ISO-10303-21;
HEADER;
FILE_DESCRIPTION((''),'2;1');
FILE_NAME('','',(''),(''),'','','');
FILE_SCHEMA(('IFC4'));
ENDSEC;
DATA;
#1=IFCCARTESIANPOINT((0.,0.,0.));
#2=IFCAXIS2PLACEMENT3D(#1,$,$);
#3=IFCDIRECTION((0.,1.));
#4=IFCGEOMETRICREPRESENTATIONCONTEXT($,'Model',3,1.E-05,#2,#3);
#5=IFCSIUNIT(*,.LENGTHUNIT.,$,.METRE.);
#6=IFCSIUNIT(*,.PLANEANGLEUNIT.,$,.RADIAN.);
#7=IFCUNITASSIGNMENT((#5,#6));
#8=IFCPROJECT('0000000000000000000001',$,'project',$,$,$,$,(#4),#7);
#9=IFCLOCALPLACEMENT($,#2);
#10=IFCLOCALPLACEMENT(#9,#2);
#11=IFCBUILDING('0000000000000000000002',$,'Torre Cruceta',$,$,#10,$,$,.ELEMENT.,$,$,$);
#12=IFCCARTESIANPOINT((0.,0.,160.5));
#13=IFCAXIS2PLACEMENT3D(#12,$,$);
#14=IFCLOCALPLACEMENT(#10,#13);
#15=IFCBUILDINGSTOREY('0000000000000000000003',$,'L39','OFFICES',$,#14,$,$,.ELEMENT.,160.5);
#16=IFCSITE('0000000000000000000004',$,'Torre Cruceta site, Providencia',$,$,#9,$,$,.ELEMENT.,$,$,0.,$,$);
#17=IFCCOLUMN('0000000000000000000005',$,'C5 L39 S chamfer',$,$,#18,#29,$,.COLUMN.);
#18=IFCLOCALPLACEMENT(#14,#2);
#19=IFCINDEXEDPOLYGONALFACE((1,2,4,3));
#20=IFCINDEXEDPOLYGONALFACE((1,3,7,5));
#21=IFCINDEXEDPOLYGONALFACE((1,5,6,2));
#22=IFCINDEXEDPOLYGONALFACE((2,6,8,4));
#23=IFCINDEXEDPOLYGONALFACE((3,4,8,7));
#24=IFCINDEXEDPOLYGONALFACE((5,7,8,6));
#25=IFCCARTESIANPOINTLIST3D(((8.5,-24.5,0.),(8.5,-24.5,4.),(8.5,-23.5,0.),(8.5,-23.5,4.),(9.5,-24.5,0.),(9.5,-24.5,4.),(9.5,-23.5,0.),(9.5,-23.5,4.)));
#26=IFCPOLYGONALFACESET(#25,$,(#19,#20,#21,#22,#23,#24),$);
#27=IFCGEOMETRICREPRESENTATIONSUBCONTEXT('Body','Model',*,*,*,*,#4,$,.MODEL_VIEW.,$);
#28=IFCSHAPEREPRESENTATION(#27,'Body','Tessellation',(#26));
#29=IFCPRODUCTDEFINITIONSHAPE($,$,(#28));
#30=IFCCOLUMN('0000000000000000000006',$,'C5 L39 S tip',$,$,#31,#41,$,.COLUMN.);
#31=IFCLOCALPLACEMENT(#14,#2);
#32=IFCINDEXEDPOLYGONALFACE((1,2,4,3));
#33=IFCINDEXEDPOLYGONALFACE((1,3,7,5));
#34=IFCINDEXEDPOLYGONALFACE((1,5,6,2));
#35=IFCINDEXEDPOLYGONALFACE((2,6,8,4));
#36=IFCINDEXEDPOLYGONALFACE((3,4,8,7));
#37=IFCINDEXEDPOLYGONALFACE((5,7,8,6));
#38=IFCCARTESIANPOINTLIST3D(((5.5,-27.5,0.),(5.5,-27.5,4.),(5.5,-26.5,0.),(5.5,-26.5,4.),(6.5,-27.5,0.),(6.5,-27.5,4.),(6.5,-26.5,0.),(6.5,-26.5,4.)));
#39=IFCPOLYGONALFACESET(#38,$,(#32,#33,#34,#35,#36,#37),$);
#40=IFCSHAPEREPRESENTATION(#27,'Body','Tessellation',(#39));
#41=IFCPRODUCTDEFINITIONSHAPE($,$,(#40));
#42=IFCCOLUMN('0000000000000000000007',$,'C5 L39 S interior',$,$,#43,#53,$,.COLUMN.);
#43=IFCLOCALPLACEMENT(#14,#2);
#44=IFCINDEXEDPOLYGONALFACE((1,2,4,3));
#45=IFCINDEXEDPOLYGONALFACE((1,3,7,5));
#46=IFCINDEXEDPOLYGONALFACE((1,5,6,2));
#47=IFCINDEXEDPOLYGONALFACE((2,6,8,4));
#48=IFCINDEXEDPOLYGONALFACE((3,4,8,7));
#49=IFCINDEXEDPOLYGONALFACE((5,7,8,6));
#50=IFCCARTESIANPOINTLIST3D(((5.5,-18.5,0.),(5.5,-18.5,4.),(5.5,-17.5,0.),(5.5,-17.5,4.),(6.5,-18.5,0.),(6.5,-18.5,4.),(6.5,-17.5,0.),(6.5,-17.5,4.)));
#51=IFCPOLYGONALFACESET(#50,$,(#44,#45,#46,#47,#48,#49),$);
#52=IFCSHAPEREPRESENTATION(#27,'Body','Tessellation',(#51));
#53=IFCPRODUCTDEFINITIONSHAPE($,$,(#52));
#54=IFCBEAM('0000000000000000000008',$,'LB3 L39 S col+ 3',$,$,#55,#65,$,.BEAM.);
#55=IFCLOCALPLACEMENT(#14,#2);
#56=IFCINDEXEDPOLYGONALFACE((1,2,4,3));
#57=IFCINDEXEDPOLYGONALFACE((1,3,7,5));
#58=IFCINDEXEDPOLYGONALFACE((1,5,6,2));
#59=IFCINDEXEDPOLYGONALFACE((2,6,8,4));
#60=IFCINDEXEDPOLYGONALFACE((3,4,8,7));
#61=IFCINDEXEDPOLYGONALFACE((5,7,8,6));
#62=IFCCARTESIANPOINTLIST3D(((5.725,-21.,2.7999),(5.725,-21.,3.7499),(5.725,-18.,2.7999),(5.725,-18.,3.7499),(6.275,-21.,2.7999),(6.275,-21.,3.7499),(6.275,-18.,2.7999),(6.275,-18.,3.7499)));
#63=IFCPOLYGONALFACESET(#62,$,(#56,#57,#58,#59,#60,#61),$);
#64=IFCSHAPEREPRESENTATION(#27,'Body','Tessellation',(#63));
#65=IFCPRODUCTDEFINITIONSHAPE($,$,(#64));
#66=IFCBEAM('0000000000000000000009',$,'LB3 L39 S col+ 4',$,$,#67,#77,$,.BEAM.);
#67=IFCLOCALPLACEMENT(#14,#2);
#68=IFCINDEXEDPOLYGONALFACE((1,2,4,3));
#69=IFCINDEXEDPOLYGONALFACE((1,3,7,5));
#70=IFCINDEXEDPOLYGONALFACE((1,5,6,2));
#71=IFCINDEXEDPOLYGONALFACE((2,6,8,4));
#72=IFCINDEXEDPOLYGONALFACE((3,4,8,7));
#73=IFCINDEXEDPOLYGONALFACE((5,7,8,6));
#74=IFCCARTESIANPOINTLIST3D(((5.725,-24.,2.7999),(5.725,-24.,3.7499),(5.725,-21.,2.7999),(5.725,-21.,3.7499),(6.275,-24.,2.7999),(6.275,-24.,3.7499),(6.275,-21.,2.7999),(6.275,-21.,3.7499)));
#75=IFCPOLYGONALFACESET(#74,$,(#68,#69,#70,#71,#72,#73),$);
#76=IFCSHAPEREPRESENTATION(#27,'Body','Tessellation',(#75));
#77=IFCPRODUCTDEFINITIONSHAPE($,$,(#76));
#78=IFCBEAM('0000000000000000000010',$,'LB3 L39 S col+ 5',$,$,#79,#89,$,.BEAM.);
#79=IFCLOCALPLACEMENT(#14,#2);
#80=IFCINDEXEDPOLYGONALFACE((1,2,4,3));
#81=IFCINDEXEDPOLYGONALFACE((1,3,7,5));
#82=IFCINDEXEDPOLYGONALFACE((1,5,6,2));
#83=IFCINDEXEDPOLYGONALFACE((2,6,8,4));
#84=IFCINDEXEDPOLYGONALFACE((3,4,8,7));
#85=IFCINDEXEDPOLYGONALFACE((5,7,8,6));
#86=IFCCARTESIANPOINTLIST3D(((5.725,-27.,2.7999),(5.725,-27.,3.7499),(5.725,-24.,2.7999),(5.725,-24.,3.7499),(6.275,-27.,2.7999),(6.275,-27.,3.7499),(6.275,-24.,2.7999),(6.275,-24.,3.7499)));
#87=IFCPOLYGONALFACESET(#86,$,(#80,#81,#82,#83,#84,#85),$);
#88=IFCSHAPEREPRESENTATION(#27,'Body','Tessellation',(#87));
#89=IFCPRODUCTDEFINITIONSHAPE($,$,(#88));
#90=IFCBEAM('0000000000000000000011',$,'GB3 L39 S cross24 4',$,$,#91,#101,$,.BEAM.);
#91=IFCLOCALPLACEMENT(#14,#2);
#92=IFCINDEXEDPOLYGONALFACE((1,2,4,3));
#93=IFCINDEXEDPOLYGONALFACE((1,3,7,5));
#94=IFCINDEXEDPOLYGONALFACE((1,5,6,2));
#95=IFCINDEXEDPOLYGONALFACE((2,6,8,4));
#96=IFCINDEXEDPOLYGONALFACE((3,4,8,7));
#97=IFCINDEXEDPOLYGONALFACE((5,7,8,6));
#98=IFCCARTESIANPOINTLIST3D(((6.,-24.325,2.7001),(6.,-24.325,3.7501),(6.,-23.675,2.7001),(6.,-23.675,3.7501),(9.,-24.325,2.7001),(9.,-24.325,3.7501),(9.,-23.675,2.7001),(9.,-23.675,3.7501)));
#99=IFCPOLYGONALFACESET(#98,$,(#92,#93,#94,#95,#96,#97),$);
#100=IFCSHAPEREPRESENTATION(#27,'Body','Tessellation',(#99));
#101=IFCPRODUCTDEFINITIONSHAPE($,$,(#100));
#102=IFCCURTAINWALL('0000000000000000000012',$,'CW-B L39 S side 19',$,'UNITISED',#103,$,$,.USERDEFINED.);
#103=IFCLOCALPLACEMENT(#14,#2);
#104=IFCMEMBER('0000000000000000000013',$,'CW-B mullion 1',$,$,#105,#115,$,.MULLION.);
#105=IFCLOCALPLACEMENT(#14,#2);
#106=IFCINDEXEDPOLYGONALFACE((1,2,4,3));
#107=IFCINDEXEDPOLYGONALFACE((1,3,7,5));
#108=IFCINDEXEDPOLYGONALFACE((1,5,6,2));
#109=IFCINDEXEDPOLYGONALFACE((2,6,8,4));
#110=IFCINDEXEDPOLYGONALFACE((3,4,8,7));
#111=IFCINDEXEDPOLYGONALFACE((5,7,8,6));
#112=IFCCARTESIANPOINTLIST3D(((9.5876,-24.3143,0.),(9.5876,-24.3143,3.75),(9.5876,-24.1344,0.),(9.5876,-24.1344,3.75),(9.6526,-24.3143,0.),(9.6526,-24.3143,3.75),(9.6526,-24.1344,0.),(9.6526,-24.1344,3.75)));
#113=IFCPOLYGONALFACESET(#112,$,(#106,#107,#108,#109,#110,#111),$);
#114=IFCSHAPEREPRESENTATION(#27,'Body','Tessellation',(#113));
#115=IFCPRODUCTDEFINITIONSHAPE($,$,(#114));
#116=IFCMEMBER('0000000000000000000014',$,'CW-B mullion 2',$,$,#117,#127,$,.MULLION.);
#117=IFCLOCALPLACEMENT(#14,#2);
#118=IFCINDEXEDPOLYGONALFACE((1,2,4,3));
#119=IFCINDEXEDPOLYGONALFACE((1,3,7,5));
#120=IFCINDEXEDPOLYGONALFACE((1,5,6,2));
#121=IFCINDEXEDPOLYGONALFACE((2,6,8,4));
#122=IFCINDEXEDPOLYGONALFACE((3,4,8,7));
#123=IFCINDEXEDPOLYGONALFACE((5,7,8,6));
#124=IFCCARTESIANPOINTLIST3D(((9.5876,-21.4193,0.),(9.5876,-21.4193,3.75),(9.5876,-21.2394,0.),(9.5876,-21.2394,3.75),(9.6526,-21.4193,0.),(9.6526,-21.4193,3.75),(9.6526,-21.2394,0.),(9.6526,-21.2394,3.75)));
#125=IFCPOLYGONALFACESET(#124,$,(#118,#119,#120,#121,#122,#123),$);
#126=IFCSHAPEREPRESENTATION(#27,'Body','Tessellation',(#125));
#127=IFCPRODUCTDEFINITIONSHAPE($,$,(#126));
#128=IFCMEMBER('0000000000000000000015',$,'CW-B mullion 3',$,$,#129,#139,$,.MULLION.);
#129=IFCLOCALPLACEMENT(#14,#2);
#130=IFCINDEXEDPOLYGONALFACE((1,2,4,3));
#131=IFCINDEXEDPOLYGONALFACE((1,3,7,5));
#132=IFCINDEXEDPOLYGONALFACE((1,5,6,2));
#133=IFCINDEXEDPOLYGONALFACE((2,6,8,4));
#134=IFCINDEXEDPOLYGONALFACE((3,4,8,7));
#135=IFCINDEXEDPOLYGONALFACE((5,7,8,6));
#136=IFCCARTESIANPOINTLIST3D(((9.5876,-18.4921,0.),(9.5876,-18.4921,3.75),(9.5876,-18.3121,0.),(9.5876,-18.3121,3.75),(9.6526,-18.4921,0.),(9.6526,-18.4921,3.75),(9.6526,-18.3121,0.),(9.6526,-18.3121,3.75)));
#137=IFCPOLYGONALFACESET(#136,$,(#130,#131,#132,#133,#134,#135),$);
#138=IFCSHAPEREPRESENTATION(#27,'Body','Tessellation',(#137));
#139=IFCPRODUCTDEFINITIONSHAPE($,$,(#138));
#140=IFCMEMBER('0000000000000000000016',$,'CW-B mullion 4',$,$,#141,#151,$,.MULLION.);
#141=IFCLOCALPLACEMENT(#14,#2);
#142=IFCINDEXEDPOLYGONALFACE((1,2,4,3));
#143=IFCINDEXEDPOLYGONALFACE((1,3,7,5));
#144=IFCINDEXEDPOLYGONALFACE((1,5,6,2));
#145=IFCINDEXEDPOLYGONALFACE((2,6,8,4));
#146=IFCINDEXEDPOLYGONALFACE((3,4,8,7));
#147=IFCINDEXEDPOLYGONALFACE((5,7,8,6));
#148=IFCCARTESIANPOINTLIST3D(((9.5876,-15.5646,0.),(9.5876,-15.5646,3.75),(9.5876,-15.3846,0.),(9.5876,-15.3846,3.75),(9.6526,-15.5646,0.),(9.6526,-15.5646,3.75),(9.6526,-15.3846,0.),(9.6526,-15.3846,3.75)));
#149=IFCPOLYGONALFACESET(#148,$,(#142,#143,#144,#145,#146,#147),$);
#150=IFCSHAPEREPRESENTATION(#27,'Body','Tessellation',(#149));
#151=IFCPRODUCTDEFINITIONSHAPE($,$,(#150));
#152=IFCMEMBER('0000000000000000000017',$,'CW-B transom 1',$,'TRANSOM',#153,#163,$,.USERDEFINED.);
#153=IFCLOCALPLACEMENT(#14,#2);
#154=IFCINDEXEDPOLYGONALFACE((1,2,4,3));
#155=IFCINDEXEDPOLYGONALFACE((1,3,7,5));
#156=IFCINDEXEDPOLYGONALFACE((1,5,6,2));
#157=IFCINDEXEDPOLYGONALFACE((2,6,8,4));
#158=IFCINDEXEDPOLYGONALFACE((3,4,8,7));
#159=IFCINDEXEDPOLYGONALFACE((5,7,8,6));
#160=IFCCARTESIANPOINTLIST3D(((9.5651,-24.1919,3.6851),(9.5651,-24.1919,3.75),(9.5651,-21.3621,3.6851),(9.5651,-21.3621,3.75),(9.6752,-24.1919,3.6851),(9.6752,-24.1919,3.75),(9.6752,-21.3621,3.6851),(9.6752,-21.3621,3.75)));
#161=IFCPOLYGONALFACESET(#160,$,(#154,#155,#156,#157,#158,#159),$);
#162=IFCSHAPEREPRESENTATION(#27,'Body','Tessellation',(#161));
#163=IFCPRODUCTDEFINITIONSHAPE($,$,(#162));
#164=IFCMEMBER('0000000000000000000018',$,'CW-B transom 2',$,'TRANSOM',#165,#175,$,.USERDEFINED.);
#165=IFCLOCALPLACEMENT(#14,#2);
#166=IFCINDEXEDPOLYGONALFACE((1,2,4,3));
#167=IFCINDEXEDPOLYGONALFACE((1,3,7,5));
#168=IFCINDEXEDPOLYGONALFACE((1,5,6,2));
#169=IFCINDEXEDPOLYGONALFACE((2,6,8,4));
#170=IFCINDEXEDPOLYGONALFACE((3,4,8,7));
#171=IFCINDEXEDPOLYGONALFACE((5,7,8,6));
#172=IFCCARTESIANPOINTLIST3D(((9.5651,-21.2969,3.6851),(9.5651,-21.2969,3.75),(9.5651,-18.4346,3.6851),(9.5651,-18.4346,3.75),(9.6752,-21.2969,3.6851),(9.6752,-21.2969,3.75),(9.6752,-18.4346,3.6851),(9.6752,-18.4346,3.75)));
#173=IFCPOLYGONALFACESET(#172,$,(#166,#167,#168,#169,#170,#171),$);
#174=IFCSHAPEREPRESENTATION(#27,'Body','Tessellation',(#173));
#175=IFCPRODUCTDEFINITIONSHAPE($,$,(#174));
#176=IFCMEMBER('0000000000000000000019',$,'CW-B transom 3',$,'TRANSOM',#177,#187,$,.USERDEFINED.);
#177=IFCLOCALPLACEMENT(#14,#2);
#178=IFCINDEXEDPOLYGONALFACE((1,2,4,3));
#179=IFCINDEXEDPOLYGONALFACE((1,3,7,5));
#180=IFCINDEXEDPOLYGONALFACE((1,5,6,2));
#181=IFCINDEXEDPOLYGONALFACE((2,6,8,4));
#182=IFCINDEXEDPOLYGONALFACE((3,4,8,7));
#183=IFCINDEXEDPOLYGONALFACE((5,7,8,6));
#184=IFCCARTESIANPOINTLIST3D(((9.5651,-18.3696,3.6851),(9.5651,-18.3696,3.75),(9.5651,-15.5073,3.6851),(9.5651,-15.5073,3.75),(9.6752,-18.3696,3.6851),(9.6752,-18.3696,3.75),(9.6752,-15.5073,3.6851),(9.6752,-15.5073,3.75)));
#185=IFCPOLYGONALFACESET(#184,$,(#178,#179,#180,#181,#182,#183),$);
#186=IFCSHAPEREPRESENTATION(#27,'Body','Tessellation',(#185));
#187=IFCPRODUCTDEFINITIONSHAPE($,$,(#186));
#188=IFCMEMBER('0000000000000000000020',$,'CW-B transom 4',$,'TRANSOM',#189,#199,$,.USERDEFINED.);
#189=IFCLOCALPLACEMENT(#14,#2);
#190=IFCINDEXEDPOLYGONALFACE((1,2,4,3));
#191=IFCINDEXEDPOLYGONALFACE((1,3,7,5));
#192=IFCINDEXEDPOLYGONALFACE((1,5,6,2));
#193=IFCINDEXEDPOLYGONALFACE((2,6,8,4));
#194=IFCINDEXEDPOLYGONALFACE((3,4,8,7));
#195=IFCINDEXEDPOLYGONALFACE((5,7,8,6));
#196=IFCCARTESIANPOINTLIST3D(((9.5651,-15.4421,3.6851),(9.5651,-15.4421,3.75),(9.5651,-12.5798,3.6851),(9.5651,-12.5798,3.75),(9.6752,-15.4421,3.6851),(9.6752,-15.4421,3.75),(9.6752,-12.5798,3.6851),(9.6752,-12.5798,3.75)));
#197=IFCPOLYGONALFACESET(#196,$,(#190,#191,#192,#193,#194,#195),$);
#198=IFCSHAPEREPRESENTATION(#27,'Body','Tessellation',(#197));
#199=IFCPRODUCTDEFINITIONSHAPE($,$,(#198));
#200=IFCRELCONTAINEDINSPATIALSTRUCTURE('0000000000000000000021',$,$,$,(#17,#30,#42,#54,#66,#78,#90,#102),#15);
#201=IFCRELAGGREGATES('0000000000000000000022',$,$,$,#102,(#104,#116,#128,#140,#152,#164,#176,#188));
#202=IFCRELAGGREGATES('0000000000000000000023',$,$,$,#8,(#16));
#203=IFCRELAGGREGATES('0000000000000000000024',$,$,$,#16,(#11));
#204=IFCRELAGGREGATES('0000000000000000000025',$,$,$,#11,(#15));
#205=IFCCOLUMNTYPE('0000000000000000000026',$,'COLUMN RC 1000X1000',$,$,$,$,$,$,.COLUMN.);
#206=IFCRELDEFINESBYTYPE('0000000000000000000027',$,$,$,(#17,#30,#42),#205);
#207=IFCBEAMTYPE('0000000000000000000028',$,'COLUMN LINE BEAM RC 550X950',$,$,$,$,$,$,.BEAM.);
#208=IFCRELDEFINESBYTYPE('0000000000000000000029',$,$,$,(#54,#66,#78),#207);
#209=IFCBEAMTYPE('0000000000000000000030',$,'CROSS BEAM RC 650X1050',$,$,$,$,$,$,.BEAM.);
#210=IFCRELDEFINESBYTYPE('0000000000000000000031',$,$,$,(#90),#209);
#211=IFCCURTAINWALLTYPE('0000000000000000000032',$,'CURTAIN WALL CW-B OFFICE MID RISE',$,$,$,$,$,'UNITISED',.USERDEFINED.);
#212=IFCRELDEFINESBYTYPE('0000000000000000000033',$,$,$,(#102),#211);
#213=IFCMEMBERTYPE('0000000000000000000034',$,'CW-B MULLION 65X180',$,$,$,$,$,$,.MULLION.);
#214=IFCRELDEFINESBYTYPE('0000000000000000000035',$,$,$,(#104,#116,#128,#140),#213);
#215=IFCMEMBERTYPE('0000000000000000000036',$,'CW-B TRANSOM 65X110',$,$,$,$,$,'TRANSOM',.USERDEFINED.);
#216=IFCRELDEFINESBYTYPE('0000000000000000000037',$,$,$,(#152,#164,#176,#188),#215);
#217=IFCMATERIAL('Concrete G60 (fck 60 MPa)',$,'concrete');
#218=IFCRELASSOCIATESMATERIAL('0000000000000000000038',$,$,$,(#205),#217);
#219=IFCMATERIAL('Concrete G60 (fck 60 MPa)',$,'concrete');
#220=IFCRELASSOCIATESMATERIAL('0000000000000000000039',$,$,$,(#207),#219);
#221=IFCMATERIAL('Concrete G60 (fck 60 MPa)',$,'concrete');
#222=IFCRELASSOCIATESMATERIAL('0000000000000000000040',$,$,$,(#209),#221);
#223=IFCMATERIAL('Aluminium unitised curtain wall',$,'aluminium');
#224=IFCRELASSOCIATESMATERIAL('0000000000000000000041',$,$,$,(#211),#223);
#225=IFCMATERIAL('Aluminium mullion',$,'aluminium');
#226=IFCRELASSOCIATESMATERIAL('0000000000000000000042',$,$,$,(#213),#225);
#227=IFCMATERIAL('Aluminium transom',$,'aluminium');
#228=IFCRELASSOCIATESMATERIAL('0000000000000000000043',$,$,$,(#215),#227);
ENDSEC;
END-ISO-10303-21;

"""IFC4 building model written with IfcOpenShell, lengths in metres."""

from ifc_helpers import new_model, si_unit, direction, frame, origin, origin_2d, place, context, subcontext, project, spatial, rectangle, extrude, material, material_profile, profile_set, type_object, element, aggregate, save


model = new_model("IFC4")

# Units and contexts
model_context = context("Model", 3, precision=1e-05, world=origin(), true_north=direction((0.0, 1.0)))
body_context = subcontext(model_context, "Body", "Model", "MODEL_VIEW")
ifc_project = project(units=[si_unit("LENGTHUNIT", "METRE"), si_unit("PLANEANGLEUNIT", "RADIAN")], contexts=[model_context])

# Site, building, storey
site_placement = place(None, origin())
site = spatial("IfcSite", under=ifc_project, at=site_placement, Name="Torre Cruceta site, Providencia", CompositionType="ELEMENT", RefElevation=0.0)
building_placement = place(site_placement, origin())
building = spatial("IfcBuilding", under=site, at=building_placement, Name="Torre Cruceta", CompositionType="ELEMENT")
storey_placement = place(building_placement, frame((0.0, 0.0, 160.5)))
storey = spatial("IfcBuildingStorey", under=building, at=storey_placement, Name="L39", Description="OFFICES", CompositionType="ELEMENT", Elevation=160.5)

# Columns
ifc_material_1 = material(Name="Concrete G60 (fck 60 MPa)", Category="concrete")
ifc_material_profile_1 = material_profile(ifc_material_1, rectangle(XDim=1.0, YDim=1.0, at=origin_2d()), Name="RC 1000X1000")
ifc_profile_set_1 = profile_set([ifc_material_profile_1], Name="Concrete G60 (fck 60 MPa)")
column_type = type_object("IfcColumnType", Name="COLUMN RC 1000X1000", PredefinedType="COLUMN", material=ifc_profile_set_1)
for number, where, z_axis, x_axis, name in (
    (1, (9.0, -24.0, 0.0), (0.0, 0.0, 1.0), (1.0, 0.0, 0.0), "C5 L39 S chamfer"),
    (2, (6.0, -27.0, 0.0), (0.0, 0.0, 1.0), (1.0, 0.0, 0.0), "C5 L39 S tip"),
    (3, (6.0, -18.0, 0.0), (0.0, 0.0, 1.0), (1.0, 0.0, 0.0), "C5 L39 S interior"),
):
    element("IfcColumn", number, at=place(storey_placement, frame(where, z_axis=z_axis, x_axis=x_axis)), inside=storey, type_object=column_type, Name=name, PredefinedType="COLUMN", context=body_context, shape_type="SweptSolid", body=[
        extrude(rectangle(XDim=1.0, YDim=1.0, at=origin_2d()), origin(), (0.0, 0.0, 1.0), 4.0),
    ])

# Beams
ifc_material_2 = material(Name="Concrete G60 (fck 60 MPa)", Category="concrete")
ifc_material_profile_2 = material_profile(ifc_material_2, rectangle(XDim=0.55, YDim=0.95, at=origin_2d()), Name="RC 550X950")
ifc_profile_set_2 = profile_set([ifc_material_profile_2], Name="Concrete G60 (fck 60 MPa)")
beam_type_1 = type_object("IfcBeamType", Name="COLUMN LINE BEAM RC 550X950", PredefinedType="BEAM", material=ifc_profile_set_2)
for number, where, z_axis, x_axis, name in (
    (4, (6.0, -18.0, 3.2749), (0.0, -1.0, 0.0), (1.0, 0.0, 0.0), "LB3 L39 S col+ 3"),
    (5, (6.0, -21.0, 3.2749), (0.0, -1.0, 0.0), (1.0, 0.0, 0.0), "LB3 L39 S col+ 4"),
    (6, (6.0, -24.0, 3.2749), (0.0, -1.0, 0.0), (1.0, 0.0, 0.0), "LB3 L39 S col+ 5"),
):
    element("IfcBeam", number, at=place(storey_placement, frame(where, z_axis=z_axis, x_axis=x_axis)), inside=storey, type_object=beam_type_1, Name=name, PredefinedType="BEAM", context=body_context, shape_type="SweptSolid", body=[
        extrude(rectangle(XDim=0.55, YDim=0.95, at=origin_2d()), origin(), (0.0, 0.0, 1.0), 3.0),
    ])
ifc_material_3 = material(Name="Concrete G60 (fck 60 MPa)", Category="concrete")
ifc_material_profile_3 = material_profile(ifc_material_3, rectangle(XDim=0.6499, YDim=1.05, at=origin_2d()), Name="RC 650X1050")
ifc_profile_set_3 = profile_set([ifc_material_profile_3], Name="Concrete G60 (fck 60 MPa)")
beam_type_2 = type_object("IfcBeamType", Name="CROSS BEAM RC 650X1050", PredefinedType="BEAM", material=ifc_profile_set_3)
beam_1_placement = place(storey_placement, frame((6.0, -24.0, 3.2251), z_axis=(1.0, 0.0, 0.0), x_axis=(0.0, 1.0, 0.0)))
element("IfcBeam", 7, at=beam_1_placement, inside=storey, type_object=beam_type_2, Name="GB3 L39 S cross24 4", PredefinedType="BEAM", context=body_context, shape_type="SweptSolid", body=[
    extrude(rectangle(XDim=0.6499, YDim=1.05, at=origin_2d()), origin(), (0.0, 0.0, 1.0), 3.0),
])

# Curtain wall, members
ifc_material_4 = material(Name="Aluminium unitised curtain wall", Category="aluminium")
curtain_wall_type = type_object("IfcCurtainWallType", Name="CURTAIN WALL CW-B OFFICE MID RISE", ElementType="UNITISED", PredefinedType="USERDEFINED", material=ifc_material_4)
curtain_wall_placement = place(storey_placement, origin())
curtain_wall = element("IfcCurtainWall", 8, at=curtain_wall_placement, inside=storey, type_object=curtain_wall_type, Name="CW-B L39 S side 19", ObjectType="UNITISED", PredefinedType="USERDEFINED")
ifc_material_5 = material(Name="Aluminium mullion", Category="aluminium")
ifc_material_profile_4 = material_profile(ifc_material_5, rectangle(XDim=0.0649, YDim=0.1799, at=origin_2d()), Name="AL 65X180")
ifc_profile_set_4 = profile_set([ifc_material_profile_4], Name="Aluminium mullion")
member_type_1 = type_object("IfcMemberType", Name="CW-B MULLION 65X180", PredefinedType="MULLION", material=ifc_profile_set_4)
member_1_placement = place(storey_placement, frame((9.6201, -24.2244, 0.0), z_axis=(0.0, 0.0, 1.0), x_axis=(-1.0, 0.0, 0.0)))
member_1 = element("IfcMember", 9, at=member_1_placement, type_object=member_type_1, Name="CW-B mullion 1", PredefinedType="MULLION", context=body_context, shape_type="SweptSolid", body=[
    extrude(rectangle(XDim=0.0649, YDim=0.1799, at=origin_2d()), origin(), (0.0, 0.0, 1.0), 3.75),
])
member_2_placement = place(storey_placement, frame((9.6201, -21.3293, 0.0), z_axis=(0.0, 0.0, 1.0), x_axis=(-1.0, 0.0, 0.0)))
member_2 = element("IfcMember", 10, at=member_2_placement, type_object=member_type_1, Name="CW-B mullion 2", PredefinedType="MULLION", context=body_context, shape_type="SweptSolid", body=[
    extrude(rectangle(XDim=0.0649, YDim=0.1799, at=origin_2d()), origin(), (0.0, 0.0, 1.0), 3.75),
])
member_3_placement = place(storey_placement, frame((9.6201, -18.4021, 0.0), z_axis=(0.0, 0.0, 1.0), x_axis=(-1.0, 0.0, 0.0)))
member_3 = element("IfcMember", 11, at=member_3_placement, type_object=member_type_1, Name="CW-B mullion 3", PredefinedType="MULLION", context=body_context, shape_type="SweptSolid", body=[
    extrude(rectangle(XDim=0.0649, YDim=0.1799, at=origin_2d()), origin(), (0.0, 0.0, 1.0), 3.75),
])
member_4_placement = place(storey_placement, frame((9.6201, -15.4746, 0.0), z_axis=(0.0, 0.0, 1.0), x_axis=(-1.0, 0.0, 0.0)))
member_4 = element("IfcMember", 12, at=member_4_placement, type_object=member_type_1, Name="CW-B mullion 4", PredefinedType="MULLION", context=body_context, shape_type="SweptSolid", body=[
    extrude(rectangle(XDim=0.0649, YDim=0.1799, at=origin_2d()), origin(), (0.0, 0.0, 1.0), 3.75),
])
ifc_material_6 = material(Name="Aluminium transom", Category="aluminium")
ifc_material_profile_5 = material_profile(ifc_material_6, rectangle(XDim=0.1101, YDim=0.0649, at=origin_2d()), Name="AL 110X65")
ifc_profile_set_5 = profile_set([ifc_material_profile_5], Name="Aluminium transom")
member_type_2 = type_object("IfcMemberType", Name="CW-B TRANSOM 65X110", ElementType="TRANSOM", PredefinedType="USERDEFINED", material=ifc_profile_set_5)
member_5_placement = place(storey_placement, frame((9.6201, -24.1919, 3.7175), z_axis=(0.0, 1.0, 0.0), x_axis=(-1.0, 0.0, 0.0)))
member_5 = element("IfcMember", 13, at=member_5_placement, type_object=member_type_2, Name="CW-B transom 1", ObjectType="TRANSOM", PredefinedType="USERDEFINED", context=body_context, shape_type="SweptSolid", body=[
    extrude(rectangle(XDim=0.1101, YDim=0.0649, at=origin_2d()), origin(), (0.0, 0.0, 1.0), 2.8298),
])
member_6_placement = place(storey_placement, frame((9.6201, -21.2969, 3.7175), z_axis=(0.0, 1.0, 0.0), x_axis=(-1.0, 0.0, 0.0)))
member_6 = element("IfcMember", 14, at=member_6_placement, type_object=member_type_2, Name="CW-B transom 2", ObjectType="TRANSOM", PredefinedType="USERDEFINED", context=body_context, shape_type="SweptSolid", body=[
    extrude(rectangle(XDim=0.1101, YDim=0.0649, at=origin_2d()), origin(), (0.0, 0.0, 1.0), 2.8623),
])
member_7_placement = place(storey_placement, frame((9.6201, -18.3696, 3.7175), z_axis=(0.0, 1.0, 0.0), x_axis=(-1.0, 0.0, 0.0)))
member_7 = element("IfcMember", 15, at=member_7_placement, type_object=member_type_2, Name="CW-B transom 3", ObjectType="TRANSOM", PredefinedType="USERDEFINED", context=body_context, shape_type="SweptSolid", body=[
    extrude(rectangle(XDim=0.1101, YDim=0.0649, at=origin_2d()), origin(), (0.0, 0.0, 1.0), 2.8623),
])
member_8_placement = place(storey_placement, frame((9.6201, -15.4421, 3.7175), z_axis=(0.0, 1.0, 0.0), x_axis=(-1.0, 0.0, 0.0)))
member_8 = element("IfcMember", 16, at=member_8_placement, type_object=member_type_2, Name="CW-B transom 4", ObjectType="TRANSOM", PredefinedType="USERDEFINED", context=body_context, shape_type="SweptSolid", body=[
    extrude(rectangle(XDim=0.1101, YDim=0.0649, at=origin_2d()), origin(), (0.0, 0.0, 1.0), 2.8623),
])

aggregate(curtain_wall, [member_1, member_2, member_3, member_4, member_5, member_6, member_7, member_8])

save(model, "model.ifc")
